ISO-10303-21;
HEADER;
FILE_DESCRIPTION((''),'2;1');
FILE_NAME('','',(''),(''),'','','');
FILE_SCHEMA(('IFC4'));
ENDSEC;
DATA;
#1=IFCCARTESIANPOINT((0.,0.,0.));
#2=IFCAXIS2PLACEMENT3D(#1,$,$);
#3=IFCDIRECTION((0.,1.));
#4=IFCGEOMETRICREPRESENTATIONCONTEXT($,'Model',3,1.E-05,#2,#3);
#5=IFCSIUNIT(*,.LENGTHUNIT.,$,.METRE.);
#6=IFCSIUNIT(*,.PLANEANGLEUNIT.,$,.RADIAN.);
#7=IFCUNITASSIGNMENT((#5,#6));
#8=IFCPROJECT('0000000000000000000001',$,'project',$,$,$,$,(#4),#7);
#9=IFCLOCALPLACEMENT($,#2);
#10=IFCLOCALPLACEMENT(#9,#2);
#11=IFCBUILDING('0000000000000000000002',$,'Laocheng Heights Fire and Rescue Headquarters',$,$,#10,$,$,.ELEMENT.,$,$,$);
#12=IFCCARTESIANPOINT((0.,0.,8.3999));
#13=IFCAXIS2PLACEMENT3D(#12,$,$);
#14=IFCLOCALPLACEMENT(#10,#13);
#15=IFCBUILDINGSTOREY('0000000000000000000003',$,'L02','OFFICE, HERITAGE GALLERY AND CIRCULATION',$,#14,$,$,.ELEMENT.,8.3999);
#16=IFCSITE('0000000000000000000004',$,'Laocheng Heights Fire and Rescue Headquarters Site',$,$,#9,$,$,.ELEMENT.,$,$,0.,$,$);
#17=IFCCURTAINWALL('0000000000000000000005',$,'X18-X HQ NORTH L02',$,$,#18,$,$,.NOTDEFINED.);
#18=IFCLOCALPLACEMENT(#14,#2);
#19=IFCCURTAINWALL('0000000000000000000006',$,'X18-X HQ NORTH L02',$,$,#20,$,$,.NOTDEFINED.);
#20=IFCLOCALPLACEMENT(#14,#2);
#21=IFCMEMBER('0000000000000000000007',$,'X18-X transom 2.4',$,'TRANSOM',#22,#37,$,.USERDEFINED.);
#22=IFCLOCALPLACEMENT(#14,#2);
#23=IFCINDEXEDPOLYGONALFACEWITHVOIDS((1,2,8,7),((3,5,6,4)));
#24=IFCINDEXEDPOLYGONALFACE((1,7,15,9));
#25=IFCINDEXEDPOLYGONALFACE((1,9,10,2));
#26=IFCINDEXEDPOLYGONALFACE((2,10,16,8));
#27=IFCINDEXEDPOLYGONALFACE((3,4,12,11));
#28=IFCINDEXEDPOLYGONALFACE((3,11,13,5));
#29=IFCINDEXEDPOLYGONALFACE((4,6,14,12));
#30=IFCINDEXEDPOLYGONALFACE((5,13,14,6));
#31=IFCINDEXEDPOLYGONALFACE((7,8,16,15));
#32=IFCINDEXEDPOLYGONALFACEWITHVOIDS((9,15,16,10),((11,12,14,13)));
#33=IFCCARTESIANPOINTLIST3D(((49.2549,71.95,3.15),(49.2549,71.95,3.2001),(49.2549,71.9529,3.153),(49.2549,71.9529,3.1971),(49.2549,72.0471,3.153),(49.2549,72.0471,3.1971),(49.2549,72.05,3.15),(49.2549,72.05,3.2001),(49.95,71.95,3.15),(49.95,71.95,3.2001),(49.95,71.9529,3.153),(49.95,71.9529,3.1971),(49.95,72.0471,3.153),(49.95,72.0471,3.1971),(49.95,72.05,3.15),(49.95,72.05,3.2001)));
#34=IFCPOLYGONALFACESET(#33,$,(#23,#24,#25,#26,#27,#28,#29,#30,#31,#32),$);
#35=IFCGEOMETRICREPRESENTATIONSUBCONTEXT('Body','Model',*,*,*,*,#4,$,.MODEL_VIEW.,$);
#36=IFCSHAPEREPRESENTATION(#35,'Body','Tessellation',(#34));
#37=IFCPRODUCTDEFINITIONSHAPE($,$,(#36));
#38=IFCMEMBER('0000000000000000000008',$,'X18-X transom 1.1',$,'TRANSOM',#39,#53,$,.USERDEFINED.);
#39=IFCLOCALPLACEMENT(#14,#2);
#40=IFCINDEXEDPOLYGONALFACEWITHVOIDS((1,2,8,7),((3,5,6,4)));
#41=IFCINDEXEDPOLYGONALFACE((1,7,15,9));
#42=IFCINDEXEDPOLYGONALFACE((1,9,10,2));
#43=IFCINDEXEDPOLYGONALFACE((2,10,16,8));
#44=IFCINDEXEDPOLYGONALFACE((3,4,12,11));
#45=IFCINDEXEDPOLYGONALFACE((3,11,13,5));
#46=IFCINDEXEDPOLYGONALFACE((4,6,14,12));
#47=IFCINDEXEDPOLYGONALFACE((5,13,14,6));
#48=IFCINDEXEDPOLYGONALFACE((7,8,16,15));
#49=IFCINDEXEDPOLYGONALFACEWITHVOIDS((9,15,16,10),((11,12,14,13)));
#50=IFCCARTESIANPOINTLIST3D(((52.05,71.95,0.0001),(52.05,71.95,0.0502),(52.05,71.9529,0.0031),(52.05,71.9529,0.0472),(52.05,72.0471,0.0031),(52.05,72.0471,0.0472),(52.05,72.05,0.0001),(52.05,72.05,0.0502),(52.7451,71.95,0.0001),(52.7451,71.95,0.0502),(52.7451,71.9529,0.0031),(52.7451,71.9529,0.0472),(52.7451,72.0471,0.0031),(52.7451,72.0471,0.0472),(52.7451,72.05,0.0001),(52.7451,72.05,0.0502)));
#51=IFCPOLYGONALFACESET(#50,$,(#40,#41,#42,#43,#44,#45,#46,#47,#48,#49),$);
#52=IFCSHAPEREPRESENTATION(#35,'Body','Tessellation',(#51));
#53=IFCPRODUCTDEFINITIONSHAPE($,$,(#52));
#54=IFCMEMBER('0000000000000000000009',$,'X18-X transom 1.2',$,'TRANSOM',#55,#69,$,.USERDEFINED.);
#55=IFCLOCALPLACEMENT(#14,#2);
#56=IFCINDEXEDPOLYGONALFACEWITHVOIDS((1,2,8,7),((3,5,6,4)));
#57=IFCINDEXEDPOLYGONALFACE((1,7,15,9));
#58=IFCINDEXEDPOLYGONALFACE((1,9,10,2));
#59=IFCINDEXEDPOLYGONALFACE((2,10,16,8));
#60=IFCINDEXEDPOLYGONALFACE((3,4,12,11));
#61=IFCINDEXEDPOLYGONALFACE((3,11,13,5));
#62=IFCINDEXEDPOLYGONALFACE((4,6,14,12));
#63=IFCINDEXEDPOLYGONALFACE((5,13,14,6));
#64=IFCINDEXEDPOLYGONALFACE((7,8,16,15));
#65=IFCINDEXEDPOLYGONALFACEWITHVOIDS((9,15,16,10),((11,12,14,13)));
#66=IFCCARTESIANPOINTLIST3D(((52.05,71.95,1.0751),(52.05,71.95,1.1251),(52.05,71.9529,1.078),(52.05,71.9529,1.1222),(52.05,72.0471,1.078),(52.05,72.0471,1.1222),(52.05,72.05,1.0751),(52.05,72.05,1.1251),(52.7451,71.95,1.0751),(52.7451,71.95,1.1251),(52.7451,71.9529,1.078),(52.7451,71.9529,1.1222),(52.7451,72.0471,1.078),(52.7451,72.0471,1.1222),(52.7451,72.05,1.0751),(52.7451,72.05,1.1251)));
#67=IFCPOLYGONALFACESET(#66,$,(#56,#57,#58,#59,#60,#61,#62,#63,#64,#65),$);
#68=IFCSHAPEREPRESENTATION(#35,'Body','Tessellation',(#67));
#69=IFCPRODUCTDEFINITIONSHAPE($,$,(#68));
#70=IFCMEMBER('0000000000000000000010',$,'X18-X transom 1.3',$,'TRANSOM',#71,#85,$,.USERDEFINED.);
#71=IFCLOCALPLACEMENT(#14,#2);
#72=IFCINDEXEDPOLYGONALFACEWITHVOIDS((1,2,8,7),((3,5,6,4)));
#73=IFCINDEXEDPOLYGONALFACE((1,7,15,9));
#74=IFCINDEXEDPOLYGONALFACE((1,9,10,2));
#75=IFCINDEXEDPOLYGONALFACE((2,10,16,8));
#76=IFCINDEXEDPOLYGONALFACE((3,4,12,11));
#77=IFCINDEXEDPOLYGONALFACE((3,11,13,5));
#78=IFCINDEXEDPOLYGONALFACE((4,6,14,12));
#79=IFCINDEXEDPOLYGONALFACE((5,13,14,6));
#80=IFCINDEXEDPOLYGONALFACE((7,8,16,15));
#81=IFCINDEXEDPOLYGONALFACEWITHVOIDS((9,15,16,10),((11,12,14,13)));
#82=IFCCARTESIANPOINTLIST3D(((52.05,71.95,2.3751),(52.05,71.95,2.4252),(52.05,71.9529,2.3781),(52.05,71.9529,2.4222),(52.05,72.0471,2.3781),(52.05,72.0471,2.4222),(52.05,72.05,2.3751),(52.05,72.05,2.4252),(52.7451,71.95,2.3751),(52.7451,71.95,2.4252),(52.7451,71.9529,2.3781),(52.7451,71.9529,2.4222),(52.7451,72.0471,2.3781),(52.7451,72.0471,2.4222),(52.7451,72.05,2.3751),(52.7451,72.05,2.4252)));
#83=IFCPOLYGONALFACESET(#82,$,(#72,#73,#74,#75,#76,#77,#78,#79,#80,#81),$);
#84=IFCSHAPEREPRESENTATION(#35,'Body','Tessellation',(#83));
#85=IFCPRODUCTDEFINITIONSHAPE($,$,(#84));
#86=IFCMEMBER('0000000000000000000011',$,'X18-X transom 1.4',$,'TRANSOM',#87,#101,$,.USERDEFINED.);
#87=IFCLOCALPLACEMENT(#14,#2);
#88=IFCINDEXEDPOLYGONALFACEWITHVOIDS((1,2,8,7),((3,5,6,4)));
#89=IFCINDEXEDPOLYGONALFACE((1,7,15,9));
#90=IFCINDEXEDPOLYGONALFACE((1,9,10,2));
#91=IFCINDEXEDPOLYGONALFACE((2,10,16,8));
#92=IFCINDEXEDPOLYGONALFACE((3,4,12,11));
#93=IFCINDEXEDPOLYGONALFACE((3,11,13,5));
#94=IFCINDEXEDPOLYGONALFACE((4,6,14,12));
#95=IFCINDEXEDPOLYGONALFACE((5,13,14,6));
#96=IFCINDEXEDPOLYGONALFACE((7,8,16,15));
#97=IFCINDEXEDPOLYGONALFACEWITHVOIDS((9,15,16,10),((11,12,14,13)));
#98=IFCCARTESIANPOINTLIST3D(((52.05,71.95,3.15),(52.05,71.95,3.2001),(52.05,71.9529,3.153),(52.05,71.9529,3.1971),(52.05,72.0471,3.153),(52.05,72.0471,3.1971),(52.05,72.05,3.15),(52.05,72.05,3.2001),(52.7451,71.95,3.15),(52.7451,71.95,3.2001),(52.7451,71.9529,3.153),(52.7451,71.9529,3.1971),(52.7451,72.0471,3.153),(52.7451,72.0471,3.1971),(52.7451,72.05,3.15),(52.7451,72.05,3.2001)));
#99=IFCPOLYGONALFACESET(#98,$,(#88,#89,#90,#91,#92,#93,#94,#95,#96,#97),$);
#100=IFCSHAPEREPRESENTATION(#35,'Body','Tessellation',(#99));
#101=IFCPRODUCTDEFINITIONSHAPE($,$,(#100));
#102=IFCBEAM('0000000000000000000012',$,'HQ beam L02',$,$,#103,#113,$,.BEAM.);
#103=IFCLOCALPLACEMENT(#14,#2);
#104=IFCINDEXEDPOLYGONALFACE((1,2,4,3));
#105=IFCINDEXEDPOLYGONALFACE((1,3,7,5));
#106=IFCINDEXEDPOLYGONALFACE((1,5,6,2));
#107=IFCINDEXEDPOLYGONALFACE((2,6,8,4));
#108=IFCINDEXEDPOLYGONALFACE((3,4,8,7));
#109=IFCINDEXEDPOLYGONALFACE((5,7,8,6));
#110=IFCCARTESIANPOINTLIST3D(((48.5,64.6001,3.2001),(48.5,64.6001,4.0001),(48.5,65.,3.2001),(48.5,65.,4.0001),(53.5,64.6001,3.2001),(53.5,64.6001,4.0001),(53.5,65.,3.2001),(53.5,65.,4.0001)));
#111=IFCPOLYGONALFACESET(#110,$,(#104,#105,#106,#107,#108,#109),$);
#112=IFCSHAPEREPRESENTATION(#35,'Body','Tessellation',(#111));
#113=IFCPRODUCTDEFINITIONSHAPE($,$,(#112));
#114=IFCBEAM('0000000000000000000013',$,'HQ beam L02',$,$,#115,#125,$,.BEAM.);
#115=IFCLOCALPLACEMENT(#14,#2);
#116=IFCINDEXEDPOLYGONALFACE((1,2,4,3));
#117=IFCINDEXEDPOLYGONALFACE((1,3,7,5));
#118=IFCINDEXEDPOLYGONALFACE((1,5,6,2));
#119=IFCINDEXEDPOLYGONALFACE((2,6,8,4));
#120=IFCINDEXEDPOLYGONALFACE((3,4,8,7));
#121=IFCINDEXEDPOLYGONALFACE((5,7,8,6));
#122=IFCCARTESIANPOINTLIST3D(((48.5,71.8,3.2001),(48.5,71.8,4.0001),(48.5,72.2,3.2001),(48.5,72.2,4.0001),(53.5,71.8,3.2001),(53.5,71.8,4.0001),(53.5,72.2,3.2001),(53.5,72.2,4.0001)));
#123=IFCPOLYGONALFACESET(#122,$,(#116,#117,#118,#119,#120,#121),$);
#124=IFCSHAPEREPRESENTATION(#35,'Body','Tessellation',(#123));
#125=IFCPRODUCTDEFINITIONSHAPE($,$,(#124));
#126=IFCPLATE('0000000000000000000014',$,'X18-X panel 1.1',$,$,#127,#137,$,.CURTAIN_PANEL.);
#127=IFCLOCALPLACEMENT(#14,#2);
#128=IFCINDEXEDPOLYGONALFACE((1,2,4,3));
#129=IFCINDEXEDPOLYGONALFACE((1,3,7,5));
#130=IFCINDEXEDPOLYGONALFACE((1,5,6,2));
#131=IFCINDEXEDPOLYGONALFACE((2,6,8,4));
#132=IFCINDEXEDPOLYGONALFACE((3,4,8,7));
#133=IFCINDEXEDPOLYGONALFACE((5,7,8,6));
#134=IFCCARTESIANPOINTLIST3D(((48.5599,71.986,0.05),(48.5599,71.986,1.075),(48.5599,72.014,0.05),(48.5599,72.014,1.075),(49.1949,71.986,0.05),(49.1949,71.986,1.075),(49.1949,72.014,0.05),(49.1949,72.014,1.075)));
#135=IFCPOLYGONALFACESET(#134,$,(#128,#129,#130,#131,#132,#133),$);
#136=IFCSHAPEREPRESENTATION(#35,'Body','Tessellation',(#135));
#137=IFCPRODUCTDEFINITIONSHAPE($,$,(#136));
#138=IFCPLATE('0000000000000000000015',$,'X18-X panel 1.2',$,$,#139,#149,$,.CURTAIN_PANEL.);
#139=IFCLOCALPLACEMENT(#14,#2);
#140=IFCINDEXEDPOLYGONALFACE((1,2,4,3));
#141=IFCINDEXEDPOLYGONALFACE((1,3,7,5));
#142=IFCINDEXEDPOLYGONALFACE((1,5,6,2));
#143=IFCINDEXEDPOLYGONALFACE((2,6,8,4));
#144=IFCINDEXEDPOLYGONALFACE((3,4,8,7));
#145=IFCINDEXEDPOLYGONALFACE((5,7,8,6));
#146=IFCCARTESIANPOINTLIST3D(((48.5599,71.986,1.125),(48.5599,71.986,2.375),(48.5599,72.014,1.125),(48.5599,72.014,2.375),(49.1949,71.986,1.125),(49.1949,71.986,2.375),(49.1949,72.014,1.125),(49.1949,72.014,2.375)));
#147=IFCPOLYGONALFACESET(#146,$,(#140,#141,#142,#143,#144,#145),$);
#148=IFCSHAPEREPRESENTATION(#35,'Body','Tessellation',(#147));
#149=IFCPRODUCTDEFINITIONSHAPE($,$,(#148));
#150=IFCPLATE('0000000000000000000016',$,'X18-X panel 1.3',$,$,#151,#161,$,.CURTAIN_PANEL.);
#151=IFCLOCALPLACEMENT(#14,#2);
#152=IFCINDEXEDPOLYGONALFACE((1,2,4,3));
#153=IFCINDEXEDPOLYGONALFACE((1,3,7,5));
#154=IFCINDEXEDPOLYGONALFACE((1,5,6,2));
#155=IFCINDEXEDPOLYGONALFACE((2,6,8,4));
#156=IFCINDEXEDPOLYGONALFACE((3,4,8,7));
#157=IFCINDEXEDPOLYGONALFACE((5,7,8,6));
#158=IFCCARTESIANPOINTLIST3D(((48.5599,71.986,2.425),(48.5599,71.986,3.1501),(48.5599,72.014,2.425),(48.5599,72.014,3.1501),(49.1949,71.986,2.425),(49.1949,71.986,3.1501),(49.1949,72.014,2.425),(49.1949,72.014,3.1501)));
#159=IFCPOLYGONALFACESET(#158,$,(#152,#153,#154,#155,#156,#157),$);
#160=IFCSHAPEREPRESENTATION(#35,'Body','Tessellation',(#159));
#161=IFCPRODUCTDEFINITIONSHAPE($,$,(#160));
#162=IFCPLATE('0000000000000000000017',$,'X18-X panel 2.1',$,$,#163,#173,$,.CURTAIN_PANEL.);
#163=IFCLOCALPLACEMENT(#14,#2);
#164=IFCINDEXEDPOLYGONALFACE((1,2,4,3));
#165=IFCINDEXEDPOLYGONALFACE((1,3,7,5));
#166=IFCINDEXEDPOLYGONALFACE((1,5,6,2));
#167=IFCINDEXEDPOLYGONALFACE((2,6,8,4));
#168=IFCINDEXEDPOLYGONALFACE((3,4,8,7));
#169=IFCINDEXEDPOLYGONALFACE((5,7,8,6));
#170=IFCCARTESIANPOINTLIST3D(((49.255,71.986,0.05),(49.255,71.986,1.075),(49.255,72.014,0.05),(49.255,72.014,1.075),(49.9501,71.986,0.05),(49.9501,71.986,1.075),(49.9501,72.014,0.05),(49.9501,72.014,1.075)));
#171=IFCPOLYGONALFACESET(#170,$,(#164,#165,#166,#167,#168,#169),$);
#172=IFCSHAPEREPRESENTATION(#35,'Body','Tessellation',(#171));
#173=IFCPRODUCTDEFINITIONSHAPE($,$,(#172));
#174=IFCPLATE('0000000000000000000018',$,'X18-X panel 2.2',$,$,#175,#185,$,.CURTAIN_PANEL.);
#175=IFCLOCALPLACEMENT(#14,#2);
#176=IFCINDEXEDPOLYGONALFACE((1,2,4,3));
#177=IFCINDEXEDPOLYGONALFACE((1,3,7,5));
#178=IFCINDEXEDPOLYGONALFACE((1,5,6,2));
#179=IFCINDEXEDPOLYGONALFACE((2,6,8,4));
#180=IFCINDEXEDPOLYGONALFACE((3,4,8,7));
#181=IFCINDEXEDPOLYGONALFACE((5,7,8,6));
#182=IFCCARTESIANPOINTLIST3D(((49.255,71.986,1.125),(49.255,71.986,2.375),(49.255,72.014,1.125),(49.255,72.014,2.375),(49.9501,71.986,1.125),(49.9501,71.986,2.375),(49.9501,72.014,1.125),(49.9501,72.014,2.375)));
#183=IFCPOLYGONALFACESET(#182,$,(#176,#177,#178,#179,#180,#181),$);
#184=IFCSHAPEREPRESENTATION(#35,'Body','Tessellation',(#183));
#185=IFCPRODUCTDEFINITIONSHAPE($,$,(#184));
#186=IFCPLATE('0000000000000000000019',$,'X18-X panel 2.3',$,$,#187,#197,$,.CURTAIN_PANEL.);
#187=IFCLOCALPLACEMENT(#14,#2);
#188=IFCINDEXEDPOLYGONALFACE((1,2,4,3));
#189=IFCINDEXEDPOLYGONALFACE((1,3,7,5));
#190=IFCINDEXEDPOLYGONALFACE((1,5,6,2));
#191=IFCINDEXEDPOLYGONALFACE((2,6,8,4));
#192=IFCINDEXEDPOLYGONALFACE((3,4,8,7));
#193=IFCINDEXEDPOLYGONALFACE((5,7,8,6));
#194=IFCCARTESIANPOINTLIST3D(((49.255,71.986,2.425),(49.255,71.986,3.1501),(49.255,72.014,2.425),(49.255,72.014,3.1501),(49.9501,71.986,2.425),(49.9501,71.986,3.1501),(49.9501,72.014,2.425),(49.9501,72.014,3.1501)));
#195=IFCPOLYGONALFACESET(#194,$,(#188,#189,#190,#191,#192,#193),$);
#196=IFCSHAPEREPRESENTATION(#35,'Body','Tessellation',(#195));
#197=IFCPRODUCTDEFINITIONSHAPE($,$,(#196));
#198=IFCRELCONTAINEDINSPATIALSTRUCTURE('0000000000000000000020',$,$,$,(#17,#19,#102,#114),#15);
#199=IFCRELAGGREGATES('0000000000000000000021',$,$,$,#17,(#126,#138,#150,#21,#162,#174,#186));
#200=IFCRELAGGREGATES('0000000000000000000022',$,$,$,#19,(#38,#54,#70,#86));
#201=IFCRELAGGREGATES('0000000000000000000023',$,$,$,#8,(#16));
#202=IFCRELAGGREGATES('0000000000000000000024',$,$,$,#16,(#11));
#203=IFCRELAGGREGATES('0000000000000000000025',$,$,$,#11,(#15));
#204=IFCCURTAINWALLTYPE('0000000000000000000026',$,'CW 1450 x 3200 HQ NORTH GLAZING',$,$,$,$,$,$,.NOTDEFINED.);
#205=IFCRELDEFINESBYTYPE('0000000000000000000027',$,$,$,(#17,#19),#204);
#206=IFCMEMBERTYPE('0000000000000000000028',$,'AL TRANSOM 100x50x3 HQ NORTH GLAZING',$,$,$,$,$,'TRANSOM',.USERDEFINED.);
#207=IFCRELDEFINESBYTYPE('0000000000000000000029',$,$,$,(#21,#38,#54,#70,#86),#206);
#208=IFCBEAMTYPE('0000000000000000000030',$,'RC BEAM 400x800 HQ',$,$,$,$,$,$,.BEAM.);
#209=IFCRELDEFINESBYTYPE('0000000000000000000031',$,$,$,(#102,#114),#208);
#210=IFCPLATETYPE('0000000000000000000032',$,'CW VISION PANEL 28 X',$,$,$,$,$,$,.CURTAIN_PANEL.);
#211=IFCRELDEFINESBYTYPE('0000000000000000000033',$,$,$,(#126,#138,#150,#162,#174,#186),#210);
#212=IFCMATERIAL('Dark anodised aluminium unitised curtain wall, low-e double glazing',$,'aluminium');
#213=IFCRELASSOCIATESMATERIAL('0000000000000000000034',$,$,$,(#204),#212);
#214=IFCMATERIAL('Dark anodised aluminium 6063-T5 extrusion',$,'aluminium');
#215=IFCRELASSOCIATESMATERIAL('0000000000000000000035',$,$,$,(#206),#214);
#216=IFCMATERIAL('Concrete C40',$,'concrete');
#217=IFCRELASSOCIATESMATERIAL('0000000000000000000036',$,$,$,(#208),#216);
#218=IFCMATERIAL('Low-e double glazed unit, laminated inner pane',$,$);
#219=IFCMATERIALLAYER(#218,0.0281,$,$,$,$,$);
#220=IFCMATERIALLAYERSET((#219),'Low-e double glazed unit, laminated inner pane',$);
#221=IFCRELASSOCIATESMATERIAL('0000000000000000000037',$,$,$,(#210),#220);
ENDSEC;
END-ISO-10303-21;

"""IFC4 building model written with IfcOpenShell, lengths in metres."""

from ifc_helpers import new_model, si_unit, direction, frame, origin, origin_2d, place, context, subcontext, project, spatial, rectangle, hollow_rectangle, extrude, material, layer, layer_set, material_profile, profile_set, type_object, element, aggregate, save


model = new_model("IFC4")

# Units and contexts
model_context = context("Model", 3, precision=1e-05, world=origin(), true_north=direction((0.0, 1.0)))
body_context = subcontext(model_context, "Body", "Model", "MODEL_VIEW")
ifc_project = project(units=[si_unit("LENGTHUNIT", "METRE"), si_unit("PLANEANGLEUNIT", "RADIAN")], contexts=[model_context])

# Site, building, storey
site_placement = place(None, origin())
site = spatial("IfcSite", under=ifc_project, at=site_placement, Name="Laocheng Heights Fire and Rescue Headquarters Site", CompositionType="ELEMENT", RefElevation=0.0)
building_placement = place(site_placement, origin())
building = spatial("IfcBuilding", under=site, at=building_placement, Name="Laocheng Heights Fire and Rescue Headquarters", CompositionType="ELEMENT")
storey_placement = place(building_placement, frame((0.0, 0.0, 8.3999)))
storey = spatial("IfcBuildingStorey", under=building, at=storey_placement, Name="L02", Description="OFFICE, HERITAGE GALLERY AND CIRCULATION", CompositionType="ELEMENT", Elevation=8.3999)

# Curtain wall
ifc_material_1 = material(Name="Dark anodised aluminium unitised curtain wall, low-e double glazing", Category="aluminium")
curtain_wall_type = type_object("IfcCurtainWallType", Name="CW 1450 x 3200 HQ NORTH GLAZING", PredefinedType="NOTDEFINED", material=ifc_material_1)
curtain_wall_1_placement = place(storey_placement, origin())
curtain_wall_1 = element("IfcCurtainWall", 1, at=curtain_wall_1_placement, inside=storey, type_object=curtain_wall_type, Name="X18-X HQ NORTH L02", PredefinedType="NOTDEFINED")

# Curtain wall
curtain_wall_2_placement = place(storey_placement, origin())
curtain_wall_2 = element("IfcCurtainWall", 2, at=curtain_wall_2_placement, inside=storey, type_object=curtain_wall_type, Name="X18-X HQ NORTH L02", PredefinedType="NOTDEFINED")

# Members
ifc_material_2 = material(Name="Dark anodised aluminium 6063-T5 extrusion", Category="aluminium")
ifc_material_profile_1 = material_profile(ifc_material_2, hollow_rectangle(XDim=0.1001, YDim=0.05, WallThickness=0.0029, at=origin_2d()), Name="AL TRANSOM 100x50x3 HQ NORTH GLAZING")
ifc_profile_set_1 = profile_set([ifc_material_profile_1], Name="Dark anodised aluminium 6063-T5 extrusion")
member_type_1 = type_object("IfcMemberType", Name="AL TRANSOM 100x50x3 HQ NORTH GLAZING", ElementType="TRANSOM", PredefinedType="USERDEFINED", material=ifc_profile_set_1)
member_1_placement = place(storey_placement, frame((49.2549, 72.0, 3.175), z_axis=(1.0, 0.0, 0.0), x_axis=(0.0, 1.0, 0.0)))
member_1 = element("IfcMember", 3, at=member_1_placement, type_object=member_type_1, Name="X18-X transom 2.4", ObjectType="TRANSOM", PredefinedType="USERDEFINED", context=body_context, shape_type="SweptSolid", body=[
    extrude(hollow_rectangle(XDim=0.1001, YDim=0.05, WallThickness=0.0029, at=origin_2d()), origin(), (0.0, 0.0, 1.0), 0.6951),
])
member_2_placement = place(storey_placement, frame((52.05, 72.0, 0.0251), z_axis=(1.0, 0.0, 0.0), x_axis=(0.0, 1.0, 0.0)))
member_2 = element("IfcMember", 4, at=member_2_placement, type_object=member_type_1, Name="X18-X transom 1.1", ObjectType="TRANSOM", PredefinedType="USERDEFINED", context=body_context, shape_type="SweptSolid", body=[
    extrude(hollow_rectangle(XDim=0.1001, YDim=0.05, WallThickness=0.0029, at=origin_2d()), origin(), (0.0, 0.0, 1.0), 0.6951),
])
member_3_placement = place(storey_placement, frame((52.05, 72.0, 1.1001), z_axis=(1.0, 0.0, 0.0), x_axis=(0.0, 1.0, 0.0)))
member_3 = element("IfcMember", 5, at=member_3_placement, type_object=member_type_1, Name="X18-X transom 1.2", ObjectType="TRANSOM", PredefinedType="USERDEFINED", context=body_context, shape_type="SweptSolid", body=[
    extrude(hollow_rectangle(XDim=0.1001, YDim=0.05, WallThickness=0.0029, at=origin_2d()), origin(), (0.0, 0.0, 1.0), 0.6951),
])
member_4_placement = place(storey_placement, frame((52.05, 72.0, 2.4001), z_axis=(1.0, 0.0, 0.0), x_axis=(0.0, 1.0, 0.0)))
member_4 = element("IfcMember", 6, at=member_4_placement, type_object=member_type_1, Name="X18-X transom 1.3", ObjectType="TRANSOM", PredefinedType="USERDEFINED", context=body_context, shape_type="SweptSolid", body=[
    extrude(hollow_rectangle(XDim=0.1001, YDim=0.05, WallThickness=0.0029, at=origin_2d()), origin(), (0.0, 0.0, 1.0), 0.6951),
])
member_5_placement = place(storey_placement, frame((52.05, 72.0, 3.175), z_axis=(1.0, 0.0, 0.0), x_axis=(0.0, 1.0, 0.0)))
member_5 = element("IfcMember", 7, at=member_5_placement, type_object=member_type_1, Name="X18-X transom 1.4", ObjectType="TRANSOM", PredefinedType="USERDEFINED", context=body_context, shape_type="SweptSolid", body=[
    extrude(hollow_rectangle(XDim=0.1001, YDim=0.05, WallThickness=0.0029, at=origin_2d()), origin(), (0.0, 0.0, 1.0), 0.6951),
])

# Beams
ifc_material_3 = material(Name="Concrete C40", Category="concrete")
ifc_material_profile_2 = material_profile(ifc_material_3, rectangle(XDim=0.3999, YDim=0.8, at=origin_2d()), Name="RC BEAM 400x800 HQ")
ifc_profile_set_2 = profile_set([ifc_material_profile_2], Name="Concrete C40")
beam_type = type_object("IfcBeamType", Name="RC BEAM 400x800 HQ", PredefinedType="BEAM", material=ifc_profile_set_2)
for number, where, z_axis, x_axis, name in (
    (8, (48.5, 64.8, 3.6001), (1.0, 0.0, 0.0), (0.0, 1.0, 0.0), "HQ beam L02"),
    (9, (48.5, 72.0, 3.6001), (1.0, 0.0, 0.0), (0.0, 1.0, 0.0), "HQ beam L02"),
):
    element("IfcBeam", number, at=place(storey_placement, frame(where, z_axis=z_axis, x_axis=x_axis)), inside=storey, type_object=beam_type, Name=name, PredefinedType="BEAM", context=body_context, shape_type="SweptSolid", body=[
        extrude(rectangle(XDim=0.3999, YDim=0.8, at=origin_2d()), origin(), (0.0, 0.0, 1.0), 5.0),
    ])

# Plates
ifc_material_4 = material(Name="Low-e double glazed unit, laminated inner pane")
ifc_layer_1 = layer(ifc_material_4, 0.0281)
ifc_layer_set_1 = layer_set([ifc_layer_1], Name="Low-e double glazed unit, laminated inner pane")
plate_type = type_object("IfcPlateType", Name="CW VISION PANEL 28 X", PredefinedType="CURTAIN_PANEL", material=ifc_layer_set_1)
plate_1_placement = place(storey_placement, frame((48.8774, 72.0, 0.05), z_axis=(0.0, 0.0, 1.0), x_axis=(1.0, 0.0, 0.0)))
plate_1 = element("IfcPlate", 10, at=plate_1_placement, type_object=plate_type, Name="X18-X panel 1.1", PredefinedType="CURTAIN_PANEL", context=body_context, shape_type="SweptSolid", body=[
    extrude(rectangle(XDim=0.635, YDim=0.0281, at=origin_2d()), origin(), (0.0, 0.0, 1.0), 1.0249),
])
plate_2_placement = place(storey_placement, frame((48.8774, 72.0, 1.125), z_axis=(0.0, 0.0, 1.0), x_axis=(1.0, 0.0, 0.0)))
plate_2 = element("IfcPlate", 11, at=plate_2_placement, type_object=plate_type, Name="X18-X panel 1.2", PredefinedType="CURTAIN_PANEL", context=body_context, shape_type="SweptSolid", body=[
    extrude(rectangle(XDim=0.635, YDim=0.0281, at=origin_2d()), origin(), (0.0, 0.0, 1.0), 1.25),
])
plate_3_placement = place(storey_placement, frame((48.8774, 72.0, 2.425), z_axis=(0.0, 0.0, 1.0), x_axis=(1.0, 0.0, 0.0)))
plate_3 = element("IfcPlate", 12, at=plate_3_placement, type_object=plate_type, Name="X18-X panel 1.3", PredefinedType="CURTAIN_PANEL", context=body_context, shape_type="SweptSolid", body=[
    extrude(rectangle(XDim=0.635, YDim=0.0281, at=origin_2d()), origin(), (0.0, 0.0, 1.0), 0.7251),
])
plate_4_placement = place(storey_placement, frame((49.6025, 72.0, 0.05), z_axis=(0.0, 0.0, 1.0), x_axis=(1.0, 0.0, 0.0)))
plate_4 = element("IfcPlate", 13, at=plate_4_placement, type_object=plate_type, Name="X18-X panel 2.1", PredefinedType="CURTAIN_PANEL", context=body_context, shape_type="SweptSolid", body=[
    extrude(rectangle(XDim=0.6951, YDim=0.0281, at=origin_2d()), origin(), (0.0, 0.0, 1.0), 1.0249),
])
plate_5_placement = place(storey_placement, frame((49.6025, 72.0, 1.125), z_axis=(0.0, 0.0, 1.0), x_axis=(1.0, 0.0, 0.0)))
plate_5 = element("IfcPlate", 14, at=plate_5_placement, type_object=plate_type, Name="X18-X panel 2.2", PredefinedType="CURTAIN_PANEL", context=body_context, shape_type="SweptSolid", body=[
    extrude(rectangle(XDim=0.6951, YDim=0.0281, at=origin_2d()), origin(), (0.0, 0.0, 1.0), 1.25),
])
plate_6_placement = place(storey_placement, frame((49.6025, 72.0, 2.425), z_axis=(0.0, 0.0, 1.0), x_axis=(1.0, 0.0, 0.0)))
plate_6 = element("IfcPlate", 15, at=plate_6_placement, type_object=plate_type, Name="X18-X panel 2.3", PredefinedType="CURTAIN_PANEL", context=body_context, shape_type="SweptSolid", body=[
    extrude(rectangle(XDim=0.6951, YDim=0.0281, at=origin_2d()), origin(), (0.0, 0.0, 1.0), 0.7251),
])
aggregate(curtain_wall_1, [plate_1, plate_2, plate_3, member_1, plate_4, plate_5, plate_6])
aggregate(curtain_wall_2, [member_2, member_3, member_4, member_5])

save(model, "model.ifc")
